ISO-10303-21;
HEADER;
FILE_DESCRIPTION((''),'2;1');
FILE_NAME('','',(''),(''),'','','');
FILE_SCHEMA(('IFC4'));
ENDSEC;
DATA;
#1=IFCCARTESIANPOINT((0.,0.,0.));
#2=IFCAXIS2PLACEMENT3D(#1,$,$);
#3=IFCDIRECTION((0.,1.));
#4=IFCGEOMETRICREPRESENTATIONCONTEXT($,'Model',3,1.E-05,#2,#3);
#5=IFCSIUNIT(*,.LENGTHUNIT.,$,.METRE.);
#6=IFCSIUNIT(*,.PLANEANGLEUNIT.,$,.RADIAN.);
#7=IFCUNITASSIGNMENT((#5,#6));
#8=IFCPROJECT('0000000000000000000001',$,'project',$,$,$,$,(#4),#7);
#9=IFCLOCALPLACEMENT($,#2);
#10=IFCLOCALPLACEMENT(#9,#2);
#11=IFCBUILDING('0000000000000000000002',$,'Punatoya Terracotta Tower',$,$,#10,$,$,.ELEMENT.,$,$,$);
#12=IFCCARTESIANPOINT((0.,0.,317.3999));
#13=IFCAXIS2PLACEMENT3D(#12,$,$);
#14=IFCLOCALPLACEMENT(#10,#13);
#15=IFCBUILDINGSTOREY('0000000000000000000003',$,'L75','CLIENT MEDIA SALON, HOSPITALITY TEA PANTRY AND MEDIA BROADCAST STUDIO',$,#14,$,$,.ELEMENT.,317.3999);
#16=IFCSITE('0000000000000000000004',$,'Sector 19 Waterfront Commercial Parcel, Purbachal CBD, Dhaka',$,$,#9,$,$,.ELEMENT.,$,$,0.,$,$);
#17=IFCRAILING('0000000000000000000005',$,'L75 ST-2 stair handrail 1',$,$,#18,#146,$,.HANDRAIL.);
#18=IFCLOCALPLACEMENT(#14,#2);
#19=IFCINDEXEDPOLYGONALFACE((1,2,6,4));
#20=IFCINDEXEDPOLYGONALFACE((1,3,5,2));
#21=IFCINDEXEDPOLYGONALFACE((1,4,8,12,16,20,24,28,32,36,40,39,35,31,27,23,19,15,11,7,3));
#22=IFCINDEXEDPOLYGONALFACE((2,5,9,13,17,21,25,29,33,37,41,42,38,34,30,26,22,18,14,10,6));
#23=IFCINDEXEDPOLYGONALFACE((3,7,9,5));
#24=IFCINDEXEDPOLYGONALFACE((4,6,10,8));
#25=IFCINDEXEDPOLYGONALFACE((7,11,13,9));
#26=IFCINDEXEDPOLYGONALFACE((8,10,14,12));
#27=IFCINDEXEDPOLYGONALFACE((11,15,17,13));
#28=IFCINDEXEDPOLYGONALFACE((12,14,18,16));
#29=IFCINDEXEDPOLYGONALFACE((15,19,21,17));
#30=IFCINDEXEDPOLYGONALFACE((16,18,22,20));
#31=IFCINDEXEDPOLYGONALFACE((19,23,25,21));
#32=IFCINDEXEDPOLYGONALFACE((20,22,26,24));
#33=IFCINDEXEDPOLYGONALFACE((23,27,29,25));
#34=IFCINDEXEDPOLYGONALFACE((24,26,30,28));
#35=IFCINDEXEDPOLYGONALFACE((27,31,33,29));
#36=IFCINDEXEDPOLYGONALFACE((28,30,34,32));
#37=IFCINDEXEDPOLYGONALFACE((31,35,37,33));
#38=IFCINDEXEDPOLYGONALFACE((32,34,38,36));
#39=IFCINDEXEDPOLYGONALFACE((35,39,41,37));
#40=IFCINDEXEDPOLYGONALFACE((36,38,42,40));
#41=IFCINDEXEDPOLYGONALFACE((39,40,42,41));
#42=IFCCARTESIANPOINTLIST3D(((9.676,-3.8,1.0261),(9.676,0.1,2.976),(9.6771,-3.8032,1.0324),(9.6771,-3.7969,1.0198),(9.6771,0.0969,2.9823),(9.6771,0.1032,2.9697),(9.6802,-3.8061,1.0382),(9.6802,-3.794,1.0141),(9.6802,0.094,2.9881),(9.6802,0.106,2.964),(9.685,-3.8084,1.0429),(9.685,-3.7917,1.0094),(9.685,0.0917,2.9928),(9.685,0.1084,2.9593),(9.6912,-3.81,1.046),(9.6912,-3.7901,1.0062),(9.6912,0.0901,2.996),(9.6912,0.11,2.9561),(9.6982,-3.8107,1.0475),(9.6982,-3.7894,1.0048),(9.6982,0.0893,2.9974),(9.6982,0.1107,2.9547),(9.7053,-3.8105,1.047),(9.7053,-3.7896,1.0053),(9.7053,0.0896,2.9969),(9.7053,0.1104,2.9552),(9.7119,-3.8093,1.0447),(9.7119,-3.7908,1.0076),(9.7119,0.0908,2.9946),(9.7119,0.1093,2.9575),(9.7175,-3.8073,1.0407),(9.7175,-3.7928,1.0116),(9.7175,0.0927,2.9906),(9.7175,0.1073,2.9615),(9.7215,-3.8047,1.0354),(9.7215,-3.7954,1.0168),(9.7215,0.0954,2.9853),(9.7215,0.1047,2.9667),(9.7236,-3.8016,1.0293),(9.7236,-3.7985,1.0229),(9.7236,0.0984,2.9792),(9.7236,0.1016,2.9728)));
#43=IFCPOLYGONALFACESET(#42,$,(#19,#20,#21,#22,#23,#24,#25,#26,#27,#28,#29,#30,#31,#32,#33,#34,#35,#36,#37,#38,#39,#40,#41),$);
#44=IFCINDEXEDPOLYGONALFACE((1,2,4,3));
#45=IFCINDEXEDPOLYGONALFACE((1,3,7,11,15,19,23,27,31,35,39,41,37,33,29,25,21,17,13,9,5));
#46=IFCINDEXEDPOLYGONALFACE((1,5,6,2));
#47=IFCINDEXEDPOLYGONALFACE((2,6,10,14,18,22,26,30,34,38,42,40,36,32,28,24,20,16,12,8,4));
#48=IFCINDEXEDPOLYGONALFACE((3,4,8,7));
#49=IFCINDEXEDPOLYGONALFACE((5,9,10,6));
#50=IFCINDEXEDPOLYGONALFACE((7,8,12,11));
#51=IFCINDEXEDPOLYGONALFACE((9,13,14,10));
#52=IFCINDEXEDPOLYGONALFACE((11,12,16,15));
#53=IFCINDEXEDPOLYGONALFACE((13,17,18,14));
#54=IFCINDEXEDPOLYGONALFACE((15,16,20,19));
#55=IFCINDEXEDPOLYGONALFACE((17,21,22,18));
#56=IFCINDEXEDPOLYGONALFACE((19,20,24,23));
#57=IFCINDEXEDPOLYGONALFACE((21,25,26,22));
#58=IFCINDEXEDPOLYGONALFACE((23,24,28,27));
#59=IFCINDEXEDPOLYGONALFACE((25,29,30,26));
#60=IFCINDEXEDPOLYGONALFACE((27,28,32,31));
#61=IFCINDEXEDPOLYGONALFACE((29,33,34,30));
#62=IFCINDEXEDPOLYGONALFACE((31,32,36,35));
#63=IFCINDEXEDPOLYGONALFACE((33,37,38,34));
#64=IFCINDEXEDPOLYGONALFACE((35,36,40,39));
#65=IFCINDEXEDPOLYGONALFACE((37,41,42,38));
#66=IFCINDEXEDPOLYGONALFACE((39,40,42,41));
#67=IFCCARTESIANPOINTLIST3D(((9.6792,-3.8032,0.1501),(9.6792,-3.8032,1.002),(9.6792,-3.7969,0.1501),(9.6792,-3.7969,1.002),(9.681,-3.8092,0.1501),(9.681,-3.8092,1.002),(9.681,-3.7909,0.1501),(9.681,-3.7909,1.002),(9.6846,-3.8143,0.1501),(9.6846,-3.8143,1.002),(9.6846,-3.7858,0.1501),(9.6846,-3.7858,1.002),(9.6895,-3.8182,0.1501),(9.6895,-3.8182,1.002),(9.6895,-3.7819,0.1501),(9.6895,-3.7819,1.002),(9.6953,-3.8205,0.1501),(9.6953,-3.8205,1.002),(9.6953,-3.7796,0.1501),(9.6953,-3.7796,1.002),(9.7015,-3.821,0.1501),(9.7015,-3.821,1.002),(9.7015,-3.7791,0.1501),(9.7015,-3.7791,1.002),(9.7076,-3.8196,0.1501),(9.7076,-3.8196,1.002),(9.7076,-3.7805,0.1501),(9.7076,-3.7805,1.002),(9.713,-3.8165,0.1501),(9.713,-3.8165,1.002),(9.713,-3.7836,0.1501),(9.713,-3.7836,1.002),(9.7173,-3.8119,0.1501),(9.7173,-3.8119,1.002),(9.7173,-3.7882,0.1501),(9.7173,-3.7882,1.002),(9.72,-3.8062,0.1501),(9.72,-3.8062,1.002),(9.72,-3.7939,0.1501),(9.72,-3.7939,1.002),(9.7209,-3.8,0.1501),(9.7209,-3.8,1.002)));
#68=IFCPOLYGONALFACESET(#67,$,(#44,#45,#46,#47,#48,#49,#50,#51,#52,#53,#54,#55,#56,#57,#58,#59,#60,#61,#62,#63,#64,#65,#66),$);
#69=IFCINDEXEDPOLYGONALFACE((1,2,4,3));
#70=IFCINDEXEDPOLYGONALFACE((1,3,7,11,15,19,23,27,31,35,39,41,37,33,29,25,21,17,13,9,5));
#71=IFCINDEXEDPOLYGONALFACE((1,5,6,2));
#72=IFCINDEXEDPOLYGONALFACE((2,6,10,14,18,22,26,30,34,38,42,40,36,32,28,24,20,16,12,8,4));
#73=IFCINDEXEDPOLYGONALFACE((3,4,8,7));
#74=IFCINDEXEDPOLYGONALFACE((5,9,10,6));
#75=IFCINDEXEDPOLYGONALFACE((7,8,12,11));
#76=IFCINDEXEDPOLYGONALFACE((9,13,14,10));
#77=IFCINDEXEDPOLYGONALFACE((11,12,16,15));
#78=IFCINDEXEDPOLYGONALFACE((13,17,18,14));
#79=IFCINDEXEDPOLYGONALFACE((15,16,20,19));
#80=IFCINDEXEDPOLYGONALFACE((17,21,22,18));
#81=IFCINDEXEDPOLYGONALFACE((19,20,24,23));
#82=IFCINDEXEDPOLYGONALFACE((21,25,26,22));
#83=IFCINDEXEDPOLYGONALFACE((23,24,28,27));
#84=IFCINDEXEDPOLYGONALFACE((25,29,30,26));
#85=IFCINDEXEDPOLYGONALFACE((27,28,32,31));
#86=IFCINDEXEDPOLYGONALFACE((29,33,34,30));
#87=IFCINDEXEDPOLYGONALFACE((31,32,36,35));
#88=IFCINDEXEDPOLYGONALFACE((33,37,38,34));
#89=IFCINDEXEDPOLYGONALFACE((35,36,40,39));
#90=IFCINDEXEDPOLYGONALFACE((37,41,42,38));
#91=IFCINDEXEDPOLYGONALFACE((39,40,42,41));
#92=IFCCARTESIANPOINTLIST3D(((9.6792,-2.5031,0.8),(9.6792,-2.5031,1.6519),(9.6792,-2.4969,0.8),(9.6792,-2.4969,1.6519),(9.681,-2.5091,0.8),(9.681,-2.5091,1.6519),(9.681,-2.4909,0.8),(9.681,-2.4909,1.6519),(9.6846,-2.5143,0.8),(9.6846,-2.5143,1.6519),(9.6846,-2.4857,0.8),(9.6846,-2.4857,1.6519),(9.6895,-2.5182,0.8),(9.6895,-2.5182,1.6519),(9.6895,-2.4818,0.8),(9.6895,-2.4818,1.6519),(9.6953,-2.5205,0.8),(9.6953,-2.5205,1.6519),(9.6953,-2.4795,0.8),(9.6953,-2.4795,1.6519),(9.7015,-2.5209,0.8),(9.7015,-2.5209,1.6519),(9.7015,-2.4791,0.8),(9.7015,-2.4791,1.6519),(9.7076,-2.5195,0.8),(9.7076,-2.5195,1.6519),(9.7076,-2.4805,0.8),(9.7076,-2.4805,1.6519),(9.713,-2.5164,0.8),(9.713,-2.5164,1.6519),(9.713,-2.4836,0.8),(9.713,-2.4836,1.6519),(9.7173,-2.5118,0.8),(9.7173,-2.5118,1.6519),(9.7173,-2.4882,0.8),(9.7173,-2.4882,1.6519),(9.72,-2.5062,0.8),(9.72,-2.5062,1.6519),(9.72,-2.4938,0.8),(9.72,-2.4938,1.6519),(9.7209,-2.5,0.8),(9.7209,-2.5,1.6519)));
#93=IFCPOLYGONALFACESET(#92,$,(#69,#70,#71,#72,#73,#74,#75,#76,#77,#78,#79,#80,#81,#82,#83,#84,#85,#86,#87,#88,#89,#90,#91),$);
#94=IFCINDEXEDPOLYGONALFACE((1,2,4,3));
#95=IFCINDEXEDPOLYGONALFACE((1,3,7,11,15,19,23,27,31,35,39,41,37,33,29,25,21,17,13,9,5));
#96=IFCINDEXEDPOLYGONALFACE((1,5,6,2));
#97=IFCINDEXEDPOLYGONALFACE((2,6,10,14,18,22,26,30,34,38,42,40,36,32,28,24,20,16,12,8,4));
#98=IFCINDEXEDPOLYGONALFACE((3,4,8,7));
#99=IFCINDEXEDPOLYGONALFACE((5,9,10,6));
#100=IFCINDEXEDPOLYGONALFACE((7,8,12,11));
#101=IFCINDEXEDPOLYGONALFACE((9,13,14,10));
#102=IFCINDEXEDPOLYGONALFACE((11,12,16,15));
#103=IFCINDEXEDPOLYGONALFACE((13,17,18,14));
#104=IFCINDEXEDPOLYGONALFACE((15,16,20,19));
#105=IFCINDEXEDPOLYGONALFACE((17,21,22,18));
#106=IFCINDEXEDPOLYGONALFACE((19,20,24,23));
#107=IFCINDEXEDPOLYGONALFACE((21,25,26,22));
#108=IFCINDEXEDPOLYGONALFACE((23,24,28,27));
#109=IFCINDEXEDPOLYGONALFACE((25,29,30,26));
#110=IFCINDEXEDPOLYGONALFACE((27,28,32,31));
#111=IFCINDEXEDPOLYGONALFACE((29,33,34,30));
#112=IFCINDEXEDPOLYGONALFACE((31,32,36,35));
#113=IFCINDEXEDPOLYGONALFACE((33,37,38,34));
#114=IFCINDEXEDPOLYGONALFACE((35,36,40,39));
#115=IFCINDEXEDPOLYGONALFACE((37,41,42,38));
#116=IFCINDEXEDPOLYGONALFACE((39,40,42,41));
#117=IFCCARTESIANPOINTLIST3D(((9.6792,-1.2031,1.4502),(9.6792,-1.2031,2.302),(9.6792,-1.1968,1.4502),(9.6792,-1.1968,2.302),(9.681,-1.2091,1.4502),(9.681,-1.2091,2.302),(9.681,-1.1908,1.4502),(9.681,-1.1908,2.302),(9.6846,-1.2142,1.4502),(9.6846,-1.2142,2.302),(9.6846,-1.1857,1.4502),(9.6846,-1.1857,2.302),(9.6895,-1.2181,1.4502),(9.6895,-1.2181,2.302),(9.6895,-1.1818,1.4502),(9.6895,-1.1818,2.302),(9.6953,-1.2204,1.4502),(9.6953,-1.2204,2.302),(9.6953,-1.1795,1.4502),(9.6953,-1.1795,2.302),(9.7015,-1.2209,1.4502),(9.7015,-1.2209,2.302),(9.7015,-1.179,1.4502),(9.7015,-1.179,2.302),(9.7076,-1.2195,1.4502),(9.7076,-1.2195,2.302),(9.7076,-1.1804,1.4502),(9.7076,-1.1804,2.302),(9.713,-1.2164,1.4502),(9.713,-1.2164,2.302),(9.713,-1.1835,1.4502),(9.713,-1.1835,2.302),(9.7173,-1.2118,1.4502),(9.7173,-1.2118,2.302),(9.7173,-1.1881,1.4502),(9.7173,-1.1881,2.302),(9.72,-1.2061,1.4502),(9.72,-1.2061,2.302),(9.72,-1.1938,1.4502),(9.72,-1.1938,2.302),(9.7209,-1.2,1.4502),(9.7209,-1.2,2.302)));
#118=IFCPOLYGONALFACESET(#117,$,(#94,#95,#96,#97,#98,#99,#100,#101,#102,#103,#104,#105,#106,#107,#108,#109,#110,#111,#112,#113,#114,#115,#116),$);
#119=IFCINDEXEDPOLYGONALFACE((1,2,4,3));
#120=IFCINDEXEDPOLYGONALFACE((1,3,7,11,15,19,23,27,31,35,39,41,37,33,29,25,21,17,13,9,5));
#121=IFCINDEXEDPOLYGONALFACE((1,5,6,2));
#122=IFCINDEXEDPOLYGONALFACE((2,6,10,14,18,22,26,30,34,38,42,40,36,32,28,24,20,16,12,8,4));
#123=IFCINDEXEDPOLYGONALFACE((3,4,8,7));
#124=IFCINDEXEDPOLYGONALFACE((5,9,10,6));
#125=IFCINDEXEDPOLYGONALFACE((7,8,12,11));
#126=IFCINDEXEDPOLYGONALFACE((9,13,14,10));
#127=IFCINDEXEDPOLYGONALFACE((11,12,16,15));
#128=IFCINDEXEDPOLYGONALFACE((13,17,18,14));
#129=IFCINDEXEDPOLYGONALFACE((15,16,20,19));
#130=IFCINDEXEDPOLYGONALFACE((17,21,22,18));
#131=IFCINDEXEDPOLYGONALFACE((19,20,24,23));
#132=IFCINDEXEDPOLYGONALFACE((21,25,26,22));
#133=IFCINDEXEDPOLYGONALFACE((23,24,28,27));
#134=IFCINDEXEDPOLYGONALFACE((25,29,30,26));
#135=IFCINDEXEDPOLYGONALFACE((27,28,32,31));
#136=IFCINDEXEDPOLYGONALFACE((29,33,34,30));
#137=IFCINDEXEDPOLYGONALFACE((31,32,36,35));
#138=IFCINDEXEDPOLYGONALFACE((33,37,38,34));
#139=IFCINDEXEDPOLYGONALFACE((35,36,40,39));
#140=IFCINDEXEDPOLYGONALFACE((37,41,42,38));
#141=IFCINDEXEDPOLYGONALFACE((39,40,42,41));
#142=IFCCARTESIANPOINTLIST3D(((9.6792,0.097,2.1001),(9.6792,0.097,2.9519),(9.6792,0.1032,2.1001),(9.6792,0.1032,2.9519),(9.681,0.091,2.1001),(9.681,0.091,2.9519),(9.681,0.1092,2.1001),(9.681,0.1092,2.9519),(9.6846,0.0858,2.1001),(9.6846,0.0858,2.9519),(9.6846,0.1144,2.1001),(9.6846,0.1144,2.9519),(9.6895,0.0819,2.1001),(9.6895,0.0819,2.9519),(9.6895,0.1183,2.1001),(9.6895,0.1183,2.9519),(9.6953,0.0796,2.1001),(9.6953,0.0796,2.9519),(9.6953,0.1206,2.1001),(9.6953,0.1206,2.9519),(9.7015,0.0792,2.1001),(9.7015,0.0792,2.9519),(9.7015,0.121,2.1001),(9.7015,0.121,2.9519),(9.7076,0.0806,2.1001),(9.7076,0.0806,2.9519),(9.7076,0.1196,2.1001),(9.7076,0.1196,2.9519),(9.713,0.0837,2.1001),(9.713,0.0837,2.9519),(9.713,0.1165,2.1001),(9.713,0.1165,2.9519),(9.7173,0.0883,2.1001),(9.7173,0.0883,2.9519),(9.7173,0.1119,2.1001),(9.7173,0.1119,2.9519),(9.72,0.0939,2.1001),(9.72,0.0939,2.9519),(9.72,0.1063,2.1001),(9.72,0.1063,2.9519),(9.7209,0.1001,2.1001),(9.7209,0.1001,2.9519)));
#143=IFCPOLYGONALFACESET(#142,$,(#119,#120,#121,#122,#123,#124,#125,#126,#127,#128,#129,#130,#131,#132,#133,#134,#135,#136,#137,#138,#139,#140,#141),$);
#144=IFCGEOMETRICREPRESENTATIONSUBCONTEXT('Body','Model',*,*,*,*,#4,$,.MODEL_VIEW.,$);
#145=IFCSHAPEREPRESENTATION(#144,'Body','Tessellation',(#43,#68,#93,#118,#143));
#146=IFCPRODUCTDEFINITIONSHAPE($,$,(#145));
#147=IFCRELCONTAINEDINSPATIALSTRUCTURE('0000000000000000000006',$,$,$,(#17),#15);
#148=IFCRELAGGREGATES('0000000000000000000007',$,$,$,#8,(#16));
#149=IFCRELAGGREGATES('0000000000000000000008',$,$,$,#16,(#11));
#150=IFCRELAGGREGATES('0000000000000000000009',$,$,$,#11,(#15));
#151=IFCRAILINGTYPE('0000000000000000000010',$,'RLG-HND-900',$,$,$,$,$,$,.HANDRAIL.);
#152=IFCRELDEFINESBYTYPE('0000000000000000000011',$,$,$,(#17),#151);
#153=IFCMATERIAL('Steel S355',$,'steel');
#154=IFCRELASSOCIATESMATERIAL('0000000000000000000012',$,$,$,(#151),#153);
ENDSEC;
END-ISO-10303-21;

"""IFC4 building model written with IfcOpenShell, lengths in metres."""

from ifc_helpers import new_model, si_unit, direction, frame, origin, origin_2d, place, context, subcontext, project, spatial, circle, extrude, material, type_object, element, save


model = new_model("IFC4")

# Units and contexts
model_context = context("Model", 3, precision=1e-05, world=origin(), true_north=direction((0.0, 1.0)))
body_context = subcontext(model_context, "Body", "Model", "MODEL_VIEW")
ifc_project = project(units=[si_unit("LENGTHUNIT", "METRE"), si_unit("PLANEANGLEUNIT", "RADIAN")], contexts=[model_context])

# Site, building, storey
site_placement = place(None, origin())
site = spatial("IfcSite", under=ifc_project, at=site_placement, Name="Sector 19 Waterfront Commercial Parcel, Purbachal CBD, Dhaka", CompositionType="ELEMENT", RefElevation=0.0)
building_placement = place(site_placement, origin())
building = spatial("IfcBuilding", under=site, at=building_placement, Name="Punatoya Terracotta Tower", CompositionType="ELEMENT")
storey_placement = place(building_placement, frame((0.0, 0.0, 317.3999)))
storey = spatial("IfcBuildingStorey", under=building, at=storey_placement, Name="L75", Description="CLIENT MEDIA SALON, HOSPITALITY TEA PANTRY AND MEDIA BROADCAST STUDIO", CompositionType="ELEMENT", Elevation=317.3999)

# Railing
ifc_material_1 = material(Name="Steel S355", Category="steel")
railing_type_1 = type_object("IfcRailingType", Name="RLG-HND-900", PredefinedType="HANDRAIL", material=ifc_material_1)
railing_1_placement = place(storey_placement, frame((9.7, -3.8, 0.1501)))
element("IfcRailing", 1, at=railing_1_placement, inside=storey, type_object=railing_type_1, Name="L75 ST-2 stair handrail 1", PredefinedType="HANDRAIL", context=body_context, shape_type="SweptSolid", body=[
    extrude(circle(Radius=0.0239, at=origin_2d()), frame((0.0, 0.0, 0.876), z_axis=(0.0, 0.894438, 0.447191), x_axis=(-1.0, 0.0, 0.0)), (0.0, 0.0, 1.0), 4.3604),
    extrude(circle(Radius=0.021, at=origin_2d()), origin(), (0.0, 0.0, 1.0), 0.8518),
    extrude(circle(Radius=0.021, at=origin_2d()), frame((0.0, 1.3, 0.6499)), (0.0, 0.0, 1.0), 0.8518),
    extrude(circle(Radius=0.021, at=origin_2d()), frame((0.0, 2.6001, 1.3)), (0.0, 0.0, 1.0), 0.8518),
    extrude(circle(Radius=0.021, at=origin_2d()), frame((0.0, 3.9001, 1.95)), (0.0, 0.0, 1.0), 0.8518),
])

save(model, "model.ifc")
